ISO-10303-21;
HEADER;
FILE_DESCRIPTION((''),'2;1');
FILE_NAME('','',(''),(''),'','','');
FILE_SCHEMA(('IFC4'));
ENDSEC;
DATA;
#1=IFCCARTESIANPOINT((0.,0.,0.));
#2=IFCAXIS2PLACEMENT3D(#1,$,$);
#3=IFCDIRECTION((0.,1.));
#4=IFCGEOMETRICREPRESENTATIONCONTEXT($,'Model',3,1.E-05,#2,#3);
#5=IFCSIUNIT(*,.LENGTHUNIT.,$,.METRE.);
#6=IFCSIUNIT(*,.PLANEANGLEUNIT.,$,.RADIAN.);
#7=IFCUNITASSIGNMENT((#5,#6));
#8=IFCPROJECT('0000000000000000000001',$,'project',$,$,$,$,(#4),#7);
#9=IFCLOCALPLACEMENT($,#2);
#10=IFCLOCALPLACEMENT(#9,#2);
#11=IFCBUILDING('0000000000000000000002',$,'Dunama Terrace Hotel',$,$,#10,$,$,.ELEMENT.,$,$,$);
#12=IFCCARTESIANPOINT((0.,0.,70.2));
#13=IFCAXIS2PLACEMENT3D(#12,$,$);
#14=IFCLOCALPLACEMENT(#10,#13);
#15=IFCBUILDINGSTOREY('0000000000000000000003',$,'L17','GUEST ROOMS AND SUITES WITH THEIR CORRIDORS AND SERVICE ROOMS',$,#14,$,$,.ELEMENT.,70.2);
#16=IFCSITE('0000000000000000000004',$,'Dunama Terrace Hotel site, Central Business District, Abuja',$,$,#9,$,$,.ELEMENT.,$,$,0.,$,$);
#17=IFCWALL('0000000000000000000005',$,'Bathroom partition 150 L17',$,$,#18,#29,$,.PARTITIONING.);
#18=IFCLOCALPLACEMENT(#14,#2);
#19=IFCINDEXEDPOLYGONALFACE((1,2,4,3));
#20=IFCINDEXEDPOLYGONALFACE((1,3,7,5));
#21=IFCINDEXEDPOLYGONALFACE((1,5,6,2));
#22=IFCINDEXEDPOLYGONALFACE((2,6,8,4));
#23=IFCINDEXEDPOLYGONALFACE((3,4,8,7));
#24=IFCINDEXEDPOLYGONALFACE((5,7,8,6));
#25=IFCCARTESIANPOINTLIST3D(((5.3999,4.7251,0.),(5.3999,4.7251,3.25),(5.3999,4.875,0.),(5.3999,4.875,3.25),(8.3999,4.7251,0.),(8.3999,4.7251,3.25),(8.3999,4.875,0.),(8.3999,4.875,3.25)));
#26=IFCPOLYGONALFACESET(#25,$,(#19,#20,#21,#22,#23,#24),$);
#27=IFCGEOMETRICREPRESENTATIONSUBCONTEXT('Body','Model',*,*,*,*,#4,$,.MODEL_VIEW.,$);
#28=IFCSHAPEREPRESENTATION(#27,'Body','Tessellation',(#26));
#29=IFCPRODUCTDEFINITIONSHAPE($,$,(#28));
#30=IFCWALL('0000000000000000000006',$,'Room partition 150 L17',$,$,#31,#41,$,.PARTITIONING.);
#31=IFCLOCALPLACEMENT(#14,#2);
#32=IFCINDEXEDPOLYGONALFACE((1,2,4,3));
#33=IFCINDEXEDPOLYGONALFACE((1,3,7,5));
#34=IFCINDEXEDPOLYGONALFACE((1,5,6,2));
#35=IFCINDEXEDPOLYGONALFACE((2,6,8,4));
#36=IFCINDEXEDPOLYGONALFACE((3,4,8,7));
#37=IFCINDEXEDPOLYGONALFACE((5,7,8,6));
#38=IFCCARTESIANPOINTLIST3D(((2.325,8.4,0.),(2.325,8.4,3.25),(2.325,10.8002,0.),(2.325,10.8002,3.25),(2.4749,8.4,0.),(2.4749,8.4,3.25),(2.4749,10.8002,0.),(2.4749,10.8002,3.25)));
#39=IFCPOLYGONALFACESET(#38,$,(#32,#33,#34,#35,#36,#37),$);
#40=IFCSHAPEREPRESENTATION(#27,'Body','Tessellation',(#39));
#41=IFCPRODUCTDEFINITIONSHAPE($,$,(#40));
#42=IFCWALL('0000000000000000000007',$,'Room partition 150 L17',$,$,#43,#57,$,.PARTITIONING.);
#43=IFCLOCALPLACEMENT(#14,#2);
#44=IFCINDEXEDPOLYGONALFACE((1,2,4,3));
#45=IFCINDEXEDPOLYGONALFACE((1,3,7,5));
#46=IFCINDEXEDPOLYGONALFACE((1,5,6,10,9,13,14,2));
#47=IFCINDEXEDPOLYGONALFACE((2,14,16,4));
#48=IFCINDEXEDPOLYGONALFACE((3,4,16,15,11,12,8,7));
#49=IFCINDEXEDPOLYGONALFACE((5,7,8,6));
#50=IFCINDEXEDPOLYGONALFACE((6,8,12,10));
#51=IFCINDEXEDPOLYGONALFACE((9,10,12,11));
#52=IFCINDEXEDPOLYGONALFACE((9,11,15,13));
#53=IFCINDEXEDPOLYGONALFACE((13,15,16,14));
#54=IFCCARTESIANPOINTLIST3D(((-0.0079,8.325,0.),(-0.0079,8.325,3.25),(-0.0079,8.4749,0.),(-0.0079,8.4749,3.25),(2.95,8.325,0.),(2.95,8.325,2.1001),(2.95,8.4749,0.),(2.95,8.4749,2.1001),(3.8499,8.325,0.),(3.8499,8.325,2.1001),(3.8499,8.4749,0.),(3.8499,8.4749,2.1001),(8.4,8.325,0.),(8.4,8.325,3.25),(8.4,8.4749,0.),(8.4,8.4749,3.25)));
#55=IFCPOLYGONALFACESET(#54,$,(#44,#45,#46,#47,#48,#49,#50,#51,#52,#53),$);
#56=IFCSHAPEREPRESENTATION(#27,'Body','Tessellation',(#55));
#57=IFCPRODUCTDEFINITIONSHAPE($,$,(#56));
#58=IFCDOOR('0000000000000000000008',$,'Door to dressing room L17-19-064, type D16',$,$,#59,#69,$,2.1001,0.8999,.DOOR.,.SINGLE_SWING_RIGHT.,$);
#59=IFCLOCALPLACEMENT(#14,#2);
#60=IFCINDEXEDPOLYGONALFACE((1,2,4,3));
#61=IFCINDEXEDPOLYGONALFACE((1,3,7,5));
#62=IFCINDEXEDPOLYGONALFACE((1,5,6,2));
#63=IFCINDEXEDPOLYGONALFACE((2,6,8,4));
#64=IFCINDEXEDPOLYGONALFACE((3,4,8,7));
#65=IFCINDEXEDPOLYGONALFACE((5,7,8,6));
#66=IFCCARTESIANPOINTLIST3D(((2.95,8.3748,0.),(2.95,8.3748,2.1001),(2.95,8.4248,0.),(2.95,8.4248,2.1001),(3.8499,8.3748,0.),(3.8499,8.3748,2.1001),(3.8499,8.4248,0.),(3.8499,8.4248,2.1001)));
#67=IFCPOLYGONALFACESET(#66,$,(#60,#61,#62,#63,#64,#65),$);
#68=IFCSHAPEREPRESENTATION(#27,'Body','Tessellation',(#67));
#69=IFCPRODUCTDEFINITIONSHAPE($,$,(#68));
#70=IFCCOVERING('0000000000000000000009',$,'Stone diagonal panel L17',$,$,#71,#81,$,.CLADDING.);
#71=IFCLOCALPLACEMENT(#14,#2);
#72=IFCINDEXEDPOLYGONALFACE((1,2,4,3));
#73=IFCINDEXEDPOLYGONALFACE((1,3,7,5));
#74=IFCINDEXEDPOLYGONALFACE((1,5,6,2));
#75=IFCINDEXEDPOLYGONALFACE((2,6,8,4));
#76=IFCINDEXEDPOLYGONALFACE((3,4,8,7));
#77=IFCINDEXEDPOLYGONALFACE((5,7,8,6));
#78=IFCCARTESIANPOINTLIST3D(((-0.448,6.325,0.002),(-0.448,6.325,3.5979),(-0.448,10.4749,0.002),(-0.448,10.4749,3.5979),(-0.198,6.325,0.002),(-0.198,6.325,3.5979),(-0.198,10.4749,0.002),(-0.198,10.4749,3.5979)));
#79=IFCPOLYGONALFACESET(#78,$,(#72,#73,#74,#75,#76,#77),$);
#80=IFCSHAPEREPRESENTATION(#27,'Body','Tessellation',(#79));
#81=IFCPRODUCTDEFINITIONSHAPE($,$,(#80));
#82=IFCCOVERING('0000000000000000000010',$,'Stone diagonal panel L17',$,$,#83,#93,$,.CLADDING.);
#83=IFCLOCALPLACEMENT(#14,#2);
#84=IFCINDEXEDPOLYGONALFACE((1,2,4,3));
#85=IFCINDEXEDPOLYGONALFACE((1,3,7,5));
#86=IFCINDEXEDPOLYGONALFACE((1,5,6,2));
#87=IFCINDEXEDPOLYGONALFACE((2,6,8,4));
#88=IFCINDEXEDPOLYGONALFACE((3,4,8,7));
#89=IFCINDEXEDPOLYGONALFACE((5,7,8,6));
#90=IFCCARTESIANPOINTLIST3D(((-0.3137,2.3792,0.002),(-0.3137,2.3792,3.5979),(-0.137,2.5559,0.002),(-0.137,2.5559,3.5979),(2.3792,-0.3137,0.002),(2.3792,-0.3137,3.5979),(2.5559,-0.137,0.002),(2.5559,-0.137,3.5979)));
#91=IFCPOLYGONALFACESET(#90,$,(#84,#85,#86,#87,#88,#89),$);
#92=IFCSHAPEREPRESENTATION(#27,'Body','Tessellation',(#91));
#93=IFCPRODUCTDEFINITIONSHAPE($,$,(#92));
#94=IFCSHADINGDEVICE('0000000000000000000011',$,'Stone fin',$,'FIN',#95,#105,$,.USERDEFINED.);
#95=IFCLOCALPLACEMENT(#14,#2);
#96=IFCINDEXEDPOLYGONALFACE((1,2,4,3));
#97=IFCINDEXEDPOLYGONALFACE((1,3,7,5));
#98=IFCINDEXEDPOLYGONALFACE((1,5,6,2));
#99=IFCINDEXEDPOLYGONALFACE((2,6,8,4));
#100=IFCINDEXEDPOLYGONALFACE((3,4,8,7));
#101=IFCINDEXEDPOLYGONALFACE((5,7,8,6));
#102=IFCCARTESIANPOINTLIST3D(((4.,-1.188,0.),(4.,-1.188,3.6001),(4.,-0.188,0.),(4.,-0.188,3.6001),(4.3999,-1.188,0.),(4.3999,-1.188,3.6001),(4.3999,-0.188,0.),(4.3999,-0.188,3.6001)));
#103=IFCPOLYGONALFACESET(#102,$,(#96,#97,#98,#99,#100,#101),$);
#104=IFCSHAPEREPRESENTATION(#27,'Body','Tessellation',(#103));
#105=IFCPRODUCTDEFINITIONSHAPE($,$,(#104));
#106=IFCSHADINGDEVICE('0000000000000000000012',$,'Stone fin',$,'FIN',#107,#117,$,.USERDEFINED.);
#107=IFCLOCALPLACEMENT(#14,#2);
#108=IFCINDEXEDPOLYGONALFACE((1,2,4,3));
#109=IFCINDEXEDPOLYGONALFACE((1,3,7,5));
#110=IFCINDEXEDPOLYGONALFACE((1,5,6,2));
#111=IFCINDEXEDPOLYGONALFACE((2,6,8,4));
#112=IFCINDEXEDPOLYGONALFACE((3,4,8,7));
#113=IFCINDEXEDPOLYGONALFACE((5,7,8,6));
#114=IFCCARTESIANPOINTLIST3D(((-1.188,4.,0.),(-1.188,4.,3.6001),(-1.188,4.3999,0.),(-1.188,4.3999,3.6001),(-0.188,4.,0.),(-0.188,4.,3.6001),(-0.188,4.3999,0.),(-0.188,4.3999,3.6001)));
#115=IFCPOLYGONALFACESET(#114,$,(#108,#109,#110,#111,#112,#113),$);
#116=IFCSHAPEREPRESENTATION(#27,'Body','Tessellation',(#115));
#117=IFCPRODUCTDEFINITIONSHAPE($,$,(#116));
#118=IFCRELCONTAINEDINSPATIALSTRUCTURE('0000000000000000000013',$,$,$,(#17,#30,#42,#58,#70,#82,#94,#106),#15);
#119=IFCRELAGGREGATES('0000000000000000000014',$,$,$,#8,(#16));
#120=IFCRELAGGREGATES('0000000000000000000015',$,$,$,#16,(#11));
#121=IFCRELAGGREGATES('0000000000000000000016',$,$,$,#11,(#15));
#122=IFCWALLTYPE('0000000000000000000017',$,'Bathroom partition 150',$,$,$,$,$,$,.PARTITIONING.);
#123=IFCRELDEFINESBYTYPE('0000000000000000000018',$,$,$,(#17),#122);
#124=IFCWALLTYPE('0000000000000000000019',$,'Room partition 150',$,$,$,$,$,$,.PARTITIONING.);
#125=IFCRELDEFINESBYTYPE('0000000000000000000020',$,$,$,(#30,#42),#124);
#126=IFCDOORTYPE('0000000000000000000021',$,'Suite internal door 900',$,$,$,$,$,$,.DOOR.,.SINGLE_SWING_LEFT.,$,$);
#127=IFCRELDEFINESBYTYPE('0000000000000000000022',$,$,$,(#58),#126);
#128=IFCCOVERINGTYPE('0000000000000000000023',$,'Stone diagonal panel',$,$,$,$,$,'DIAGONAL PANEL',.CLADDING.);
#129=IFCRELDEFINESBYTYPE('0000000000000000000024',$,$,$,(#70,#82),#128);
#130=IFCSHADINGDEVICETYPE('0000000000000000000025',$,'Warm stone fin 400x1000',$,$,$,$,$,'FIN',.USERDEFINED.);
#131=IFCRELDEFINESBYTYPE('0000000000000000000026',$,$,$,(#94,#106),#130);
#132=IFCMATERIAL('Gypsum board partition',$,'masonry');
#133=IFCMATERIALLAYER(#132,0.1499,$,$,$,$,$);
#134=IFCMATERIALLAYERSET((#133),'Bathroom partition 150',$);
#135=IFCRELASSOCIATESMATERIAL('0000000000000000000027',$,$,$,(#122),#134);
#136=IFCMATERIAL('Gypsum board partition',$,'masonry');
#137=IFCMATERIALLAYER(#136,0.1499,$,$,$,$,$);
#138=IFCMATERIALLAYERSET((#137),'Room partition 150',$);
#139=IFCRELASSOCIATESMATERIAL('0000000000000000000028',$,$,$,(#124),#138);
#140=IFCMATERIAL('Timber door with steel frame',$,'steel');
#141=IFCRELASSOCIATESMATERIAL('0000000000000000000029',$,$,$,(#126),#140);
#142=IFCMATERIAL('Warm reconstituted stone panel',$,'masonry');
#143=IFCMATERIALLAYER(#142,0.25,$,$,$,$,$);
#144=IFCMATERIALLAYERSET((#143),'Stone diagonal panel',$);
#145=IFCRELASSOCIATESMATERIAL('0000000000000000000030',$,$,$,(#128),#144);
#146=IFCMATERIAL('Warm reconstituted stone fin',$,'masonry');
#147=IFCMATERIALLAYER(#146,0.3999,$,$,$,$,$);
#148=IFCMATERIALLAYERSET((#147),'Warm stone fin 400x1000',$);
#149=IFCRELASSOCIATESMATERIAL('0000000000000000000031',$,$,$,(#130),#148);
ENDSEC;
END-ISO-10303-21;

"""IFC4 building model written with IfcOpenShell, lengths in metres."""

from ifc_helpers import new_model, si_unit, direction, frame, frame_2d, origin, origin_2d, place, context, subcontext, project, spatial, rectangle, extrude, material, layer, layer_set, type_object, element, fill, save


model = new_model("IFC4")

# Units and contexts
model_context = context("Model", 3, precision=1e-05, world=origin(), true_north=direction((0.0, 1.0)))
body_context = subcontext(model_context, "Body", "Model", "MODEL_VIEW")
ifc_project = project(units=[si_unit("LENGTHUNIT", "METRE"), si_unit("PLANEANGLEUNIT", "RADIAN")], contexts=[model_context])

# Site, building, storey
site_placement = place(None, origin())
site = spatial("IfcSite", under=ifc_project, at=site_placement, Name="Dunama Terrace Hotel site, Central Business District, Abuja", CompositionType="ELEMENT", RefElevation=0.0)
building_placement = place(site_placement, origin())
building = spatial("IfcBuilding", under=site, at=building_placement, Name="Dunama Terrace Hotel", CompositionType="ELEMENT")
storey_placement = place(building_placement, frame((0.0, 0.0, 70.2)))
storey = spatial("IfcBuildingStorey", under=building, at=storey_placement, Name="L17", Description="GUEST ROOMS AND SUITES WITH THEIR CORRIDORS AND SERVICE ROOMS", CompositionType="ELEMENT", Elevation=70.2)

# Shared definitions
ifc_material_1 = material(Name="Gypsum board partition", Category="masonry")
ifc_layer_1 = layer(ifc_material_1, 0.1499)
ifc_layer_set_1 = layer_set([ifc_layer_1], Name="Bathroom partition 150")
wall_type_1 = type_object("IfcWallType", Name="Bathroom partition 150", PredefinedType="PARTITIONING", material=ifc_layer_set_1)

# Walls
wall_1_placement = place(storey_placement, frame((5.3999, 4.8, 0.0), z_axis=(0.0, 0.0, 1.0), x_axis=(1.0, 0.0, 0.0)))
element("IfcWall", 1, at=wall_1_placement, inside=storey, type_object=wall_type_1, Name="Bathroom partition 150 L17", PredefinedType="PARTITIONING", context=body_context, shape_type="SweptSolid", body=[
    extrude(rectangle(XDim=3.0, YDim=0.1499, at=frame_2d((1.5, 0.0))), origin(), (0.0, 0.0, 1.0), 3.25),
])
ifc_material_2 = material(Name="Gypsum board partition", Category="masonry")
ifc_layer_2 = layer(ifc_material_2, 0.1499)
ifc_layer_set_2 = layer_set([ifc_layer_2], Name="Room partition 150")
wall_type_2 = type_object("IfcWallType", Name="Room partition 150", PredefinedType="PARTITIONING", material=ifc_layer_set_2)
wall_2_placement = place(storey_placement, frame((2.3999, 8.3999, 0.0), z_axis=(0.0, 0.0, 1.0), x_axis=(0.0, 1.0, 0.0)))
element("IfcWall", 2, at=wall_2_placement, inside=storey, type_object=wall_type_2, Name="Room partition 150 L17", PredefinedType="PARTITIONING", context=body_context, shape_type="SweptSolid", body=[
    extrude(rectangle(XDim=2.4001, YDim=0.1499, at=frame_2d((1.2002, 0.0))), origin(), (0.0, 0.0, 1.0), 3.25),
])

# Wall, opening, door
wall_3_placement = place(storey_placement, frame((-0.0081, 8.3999, 0.0), z_axis=(0.0, 0.0, 1.0), x_axis=(1.0, 0.0, 0.0)))
wall_3 = element("IfcWall", 3, at=wall_3_placement, inside=storey, type_object=wall_type_2, Name="Room partition 150 L17", PredefinedType="PARTITIONING", context=body_context, shape_type="SweptSolid", body=[
    extrude(rectangle(XDim=8.408, YDim=0.1499, at=frame_2d((4.2041, 0.0))), origin(), (0.0, 0.0, 1.0), 3.25),
])
opening_1_placement = place(wall_3_placement, frame((2.958, 0.0, 0.0)))
opening_1 = element("IfcOpeningElement", 4, at=opening_1_placement, cuts=wall_3, PredefinedType="OPENING", context=body_context, shape_type="SweptSolid", body=[
    extrude(rectangle(XDim=0.8999, YDim=2.1001, at=frame_2d((0.45, 1.05))), frame((0.0, 0.085, 0.0), z_axis=(0.0, -1.0, 0.0), x_axis=(1.0, 0.0, 0.0)), (0.0, 0.0, 1.0), 0.1699),
])
ifc_material_3 = material(Name="Timber door with steel frame", Category="steel")
door_type_1 = type_object("IfcDoorType", Name="Suite internal door 900", OperationType="SINGLE_SWING_LEFT", PredefinedType="DOOR", material=ifc_material_3)
door_1_placement = place(opening_1_placement, origin())
door_1 = element("IfcDoor", 5, at=door_1_placement, inside=storey, type_object=door_type_1, Name="Door to dressing room L17-19-064, type D16", OperationType="SINGLE_SWING_RIGHT", OverallHeight=2.1001, OverallWidth=0.8999, PredefinedType="DOOR", context=body_context, shape_type="SweptSolid", body=[
    extrude(rectangle(XDim=0.8999, YDim=2.1001, at=frame_2d((0.45, 1.05))), frame((0.0, 0.0249, 0.0), z_axis=(0.0, -1.0, 0.0), x_axis=(1.0, 0.0, 0.0)), (0.0, 0.0, 1.0), 0.05),
])
fill(opening_1, door_1)

# Coverings
ifc_material_4 = material(Name="Warm reconstituted stone panel", Category="masonry")
ifc_layer_3 = layer(ifc_material_4, 0.25)
ifc_layer_set_3 = layer_set([ifc_layer_3], Name="Stone diagonal panel")
covering_type = type_object("IfcCoveringType", Name="Stone diagonal panel", ElementType="DIAGONAL PANEL", PredefinedType="CLADDING", material=ifc_layer_set_3)
covering_1_placement = place(storey_placement, frame((-0.323, 8.3999, 0.002), z_axis=(0.0, 0.0, 1.0), x_axis=(0.0, -1.0, 0.0)))
element("IfcCovering", 6, at=covering_1_placement, inside=storey, type_object=covering_type, Name="Stone diagonal panel L17", PredefinedType="CLADDING", context=body_context, shape_type="SweptSolid", body=[
    extrude(rectangle(XDim=4.1499, YDim=0.25, at=origin_2d()), origin(), (0.0, 0.0, 1.0), 3.5959),
])
covering_2_placement = place(storey_placement, frame((1.1211, 1.1211, 0.002), z_axis=(0.0, 0.0, 1.0), x_axis=(0.707107, -0.707107, 0.0)))
element("IfcCovering", 7, at=covering_2_placement, inside=storey, type_object=covering_type, Name="Stone diagonal panel L17", PredefinedType="CLADDING", context=body_context, shape_type="SweptSolid", body=[
    extrude(rectangle(XDim=3.8083, YDim=0.25, at=origin_2d()), origin(), (0.0, 0.0, 1.0), 3.5959),
])

# Shading devices
ifc_material_5 = material(Name="Warm reconstituted stone fin", Category="masonry")
ifc_layer_4 = layer(ifc_material_5, 0.3999)
ifc_layer_set_4 = layer_set([ifc_layer_4], Name="Warm stone fin 400x1000")
shading_device_type = type_object("IfcShadingDeviceType", Name="Warm stone fin 400x1000", ElementType="FIN", PredefinedType="USERDEFINED", material=ifc_layer_set_4)
for number, where, z_axis, x_axis, name in (
    (8, (4.2, -0.688, 0.0), (0.0, 0.0, 1.0), (1.0, 0.0, 0.0), "Stone fin"),
    (9, (-0.688, 4.2, 0.0), (0.0, 0.0, 1.0), (0.0, -1.0, 0.0), "Stone fin"),
):
    element("IfcShadingDevice", number, at=place(storey_placement, frame(where, z_axis=z_axis, x_axis=x_axis)), inside=storey, type_object=shading_device_type, Name=name, ObjectType="FIN", PredefinedType="USERDEFINED", context=body_context, shape_type="SweptSolid", body=[
        extrude(rectangle(XDim=0.3999, YDim=1.0, at=origin_2d()), origin(), (0.0, 0.0, 1.0), 3.6001),
    ])

save(model, "model.ifc")
